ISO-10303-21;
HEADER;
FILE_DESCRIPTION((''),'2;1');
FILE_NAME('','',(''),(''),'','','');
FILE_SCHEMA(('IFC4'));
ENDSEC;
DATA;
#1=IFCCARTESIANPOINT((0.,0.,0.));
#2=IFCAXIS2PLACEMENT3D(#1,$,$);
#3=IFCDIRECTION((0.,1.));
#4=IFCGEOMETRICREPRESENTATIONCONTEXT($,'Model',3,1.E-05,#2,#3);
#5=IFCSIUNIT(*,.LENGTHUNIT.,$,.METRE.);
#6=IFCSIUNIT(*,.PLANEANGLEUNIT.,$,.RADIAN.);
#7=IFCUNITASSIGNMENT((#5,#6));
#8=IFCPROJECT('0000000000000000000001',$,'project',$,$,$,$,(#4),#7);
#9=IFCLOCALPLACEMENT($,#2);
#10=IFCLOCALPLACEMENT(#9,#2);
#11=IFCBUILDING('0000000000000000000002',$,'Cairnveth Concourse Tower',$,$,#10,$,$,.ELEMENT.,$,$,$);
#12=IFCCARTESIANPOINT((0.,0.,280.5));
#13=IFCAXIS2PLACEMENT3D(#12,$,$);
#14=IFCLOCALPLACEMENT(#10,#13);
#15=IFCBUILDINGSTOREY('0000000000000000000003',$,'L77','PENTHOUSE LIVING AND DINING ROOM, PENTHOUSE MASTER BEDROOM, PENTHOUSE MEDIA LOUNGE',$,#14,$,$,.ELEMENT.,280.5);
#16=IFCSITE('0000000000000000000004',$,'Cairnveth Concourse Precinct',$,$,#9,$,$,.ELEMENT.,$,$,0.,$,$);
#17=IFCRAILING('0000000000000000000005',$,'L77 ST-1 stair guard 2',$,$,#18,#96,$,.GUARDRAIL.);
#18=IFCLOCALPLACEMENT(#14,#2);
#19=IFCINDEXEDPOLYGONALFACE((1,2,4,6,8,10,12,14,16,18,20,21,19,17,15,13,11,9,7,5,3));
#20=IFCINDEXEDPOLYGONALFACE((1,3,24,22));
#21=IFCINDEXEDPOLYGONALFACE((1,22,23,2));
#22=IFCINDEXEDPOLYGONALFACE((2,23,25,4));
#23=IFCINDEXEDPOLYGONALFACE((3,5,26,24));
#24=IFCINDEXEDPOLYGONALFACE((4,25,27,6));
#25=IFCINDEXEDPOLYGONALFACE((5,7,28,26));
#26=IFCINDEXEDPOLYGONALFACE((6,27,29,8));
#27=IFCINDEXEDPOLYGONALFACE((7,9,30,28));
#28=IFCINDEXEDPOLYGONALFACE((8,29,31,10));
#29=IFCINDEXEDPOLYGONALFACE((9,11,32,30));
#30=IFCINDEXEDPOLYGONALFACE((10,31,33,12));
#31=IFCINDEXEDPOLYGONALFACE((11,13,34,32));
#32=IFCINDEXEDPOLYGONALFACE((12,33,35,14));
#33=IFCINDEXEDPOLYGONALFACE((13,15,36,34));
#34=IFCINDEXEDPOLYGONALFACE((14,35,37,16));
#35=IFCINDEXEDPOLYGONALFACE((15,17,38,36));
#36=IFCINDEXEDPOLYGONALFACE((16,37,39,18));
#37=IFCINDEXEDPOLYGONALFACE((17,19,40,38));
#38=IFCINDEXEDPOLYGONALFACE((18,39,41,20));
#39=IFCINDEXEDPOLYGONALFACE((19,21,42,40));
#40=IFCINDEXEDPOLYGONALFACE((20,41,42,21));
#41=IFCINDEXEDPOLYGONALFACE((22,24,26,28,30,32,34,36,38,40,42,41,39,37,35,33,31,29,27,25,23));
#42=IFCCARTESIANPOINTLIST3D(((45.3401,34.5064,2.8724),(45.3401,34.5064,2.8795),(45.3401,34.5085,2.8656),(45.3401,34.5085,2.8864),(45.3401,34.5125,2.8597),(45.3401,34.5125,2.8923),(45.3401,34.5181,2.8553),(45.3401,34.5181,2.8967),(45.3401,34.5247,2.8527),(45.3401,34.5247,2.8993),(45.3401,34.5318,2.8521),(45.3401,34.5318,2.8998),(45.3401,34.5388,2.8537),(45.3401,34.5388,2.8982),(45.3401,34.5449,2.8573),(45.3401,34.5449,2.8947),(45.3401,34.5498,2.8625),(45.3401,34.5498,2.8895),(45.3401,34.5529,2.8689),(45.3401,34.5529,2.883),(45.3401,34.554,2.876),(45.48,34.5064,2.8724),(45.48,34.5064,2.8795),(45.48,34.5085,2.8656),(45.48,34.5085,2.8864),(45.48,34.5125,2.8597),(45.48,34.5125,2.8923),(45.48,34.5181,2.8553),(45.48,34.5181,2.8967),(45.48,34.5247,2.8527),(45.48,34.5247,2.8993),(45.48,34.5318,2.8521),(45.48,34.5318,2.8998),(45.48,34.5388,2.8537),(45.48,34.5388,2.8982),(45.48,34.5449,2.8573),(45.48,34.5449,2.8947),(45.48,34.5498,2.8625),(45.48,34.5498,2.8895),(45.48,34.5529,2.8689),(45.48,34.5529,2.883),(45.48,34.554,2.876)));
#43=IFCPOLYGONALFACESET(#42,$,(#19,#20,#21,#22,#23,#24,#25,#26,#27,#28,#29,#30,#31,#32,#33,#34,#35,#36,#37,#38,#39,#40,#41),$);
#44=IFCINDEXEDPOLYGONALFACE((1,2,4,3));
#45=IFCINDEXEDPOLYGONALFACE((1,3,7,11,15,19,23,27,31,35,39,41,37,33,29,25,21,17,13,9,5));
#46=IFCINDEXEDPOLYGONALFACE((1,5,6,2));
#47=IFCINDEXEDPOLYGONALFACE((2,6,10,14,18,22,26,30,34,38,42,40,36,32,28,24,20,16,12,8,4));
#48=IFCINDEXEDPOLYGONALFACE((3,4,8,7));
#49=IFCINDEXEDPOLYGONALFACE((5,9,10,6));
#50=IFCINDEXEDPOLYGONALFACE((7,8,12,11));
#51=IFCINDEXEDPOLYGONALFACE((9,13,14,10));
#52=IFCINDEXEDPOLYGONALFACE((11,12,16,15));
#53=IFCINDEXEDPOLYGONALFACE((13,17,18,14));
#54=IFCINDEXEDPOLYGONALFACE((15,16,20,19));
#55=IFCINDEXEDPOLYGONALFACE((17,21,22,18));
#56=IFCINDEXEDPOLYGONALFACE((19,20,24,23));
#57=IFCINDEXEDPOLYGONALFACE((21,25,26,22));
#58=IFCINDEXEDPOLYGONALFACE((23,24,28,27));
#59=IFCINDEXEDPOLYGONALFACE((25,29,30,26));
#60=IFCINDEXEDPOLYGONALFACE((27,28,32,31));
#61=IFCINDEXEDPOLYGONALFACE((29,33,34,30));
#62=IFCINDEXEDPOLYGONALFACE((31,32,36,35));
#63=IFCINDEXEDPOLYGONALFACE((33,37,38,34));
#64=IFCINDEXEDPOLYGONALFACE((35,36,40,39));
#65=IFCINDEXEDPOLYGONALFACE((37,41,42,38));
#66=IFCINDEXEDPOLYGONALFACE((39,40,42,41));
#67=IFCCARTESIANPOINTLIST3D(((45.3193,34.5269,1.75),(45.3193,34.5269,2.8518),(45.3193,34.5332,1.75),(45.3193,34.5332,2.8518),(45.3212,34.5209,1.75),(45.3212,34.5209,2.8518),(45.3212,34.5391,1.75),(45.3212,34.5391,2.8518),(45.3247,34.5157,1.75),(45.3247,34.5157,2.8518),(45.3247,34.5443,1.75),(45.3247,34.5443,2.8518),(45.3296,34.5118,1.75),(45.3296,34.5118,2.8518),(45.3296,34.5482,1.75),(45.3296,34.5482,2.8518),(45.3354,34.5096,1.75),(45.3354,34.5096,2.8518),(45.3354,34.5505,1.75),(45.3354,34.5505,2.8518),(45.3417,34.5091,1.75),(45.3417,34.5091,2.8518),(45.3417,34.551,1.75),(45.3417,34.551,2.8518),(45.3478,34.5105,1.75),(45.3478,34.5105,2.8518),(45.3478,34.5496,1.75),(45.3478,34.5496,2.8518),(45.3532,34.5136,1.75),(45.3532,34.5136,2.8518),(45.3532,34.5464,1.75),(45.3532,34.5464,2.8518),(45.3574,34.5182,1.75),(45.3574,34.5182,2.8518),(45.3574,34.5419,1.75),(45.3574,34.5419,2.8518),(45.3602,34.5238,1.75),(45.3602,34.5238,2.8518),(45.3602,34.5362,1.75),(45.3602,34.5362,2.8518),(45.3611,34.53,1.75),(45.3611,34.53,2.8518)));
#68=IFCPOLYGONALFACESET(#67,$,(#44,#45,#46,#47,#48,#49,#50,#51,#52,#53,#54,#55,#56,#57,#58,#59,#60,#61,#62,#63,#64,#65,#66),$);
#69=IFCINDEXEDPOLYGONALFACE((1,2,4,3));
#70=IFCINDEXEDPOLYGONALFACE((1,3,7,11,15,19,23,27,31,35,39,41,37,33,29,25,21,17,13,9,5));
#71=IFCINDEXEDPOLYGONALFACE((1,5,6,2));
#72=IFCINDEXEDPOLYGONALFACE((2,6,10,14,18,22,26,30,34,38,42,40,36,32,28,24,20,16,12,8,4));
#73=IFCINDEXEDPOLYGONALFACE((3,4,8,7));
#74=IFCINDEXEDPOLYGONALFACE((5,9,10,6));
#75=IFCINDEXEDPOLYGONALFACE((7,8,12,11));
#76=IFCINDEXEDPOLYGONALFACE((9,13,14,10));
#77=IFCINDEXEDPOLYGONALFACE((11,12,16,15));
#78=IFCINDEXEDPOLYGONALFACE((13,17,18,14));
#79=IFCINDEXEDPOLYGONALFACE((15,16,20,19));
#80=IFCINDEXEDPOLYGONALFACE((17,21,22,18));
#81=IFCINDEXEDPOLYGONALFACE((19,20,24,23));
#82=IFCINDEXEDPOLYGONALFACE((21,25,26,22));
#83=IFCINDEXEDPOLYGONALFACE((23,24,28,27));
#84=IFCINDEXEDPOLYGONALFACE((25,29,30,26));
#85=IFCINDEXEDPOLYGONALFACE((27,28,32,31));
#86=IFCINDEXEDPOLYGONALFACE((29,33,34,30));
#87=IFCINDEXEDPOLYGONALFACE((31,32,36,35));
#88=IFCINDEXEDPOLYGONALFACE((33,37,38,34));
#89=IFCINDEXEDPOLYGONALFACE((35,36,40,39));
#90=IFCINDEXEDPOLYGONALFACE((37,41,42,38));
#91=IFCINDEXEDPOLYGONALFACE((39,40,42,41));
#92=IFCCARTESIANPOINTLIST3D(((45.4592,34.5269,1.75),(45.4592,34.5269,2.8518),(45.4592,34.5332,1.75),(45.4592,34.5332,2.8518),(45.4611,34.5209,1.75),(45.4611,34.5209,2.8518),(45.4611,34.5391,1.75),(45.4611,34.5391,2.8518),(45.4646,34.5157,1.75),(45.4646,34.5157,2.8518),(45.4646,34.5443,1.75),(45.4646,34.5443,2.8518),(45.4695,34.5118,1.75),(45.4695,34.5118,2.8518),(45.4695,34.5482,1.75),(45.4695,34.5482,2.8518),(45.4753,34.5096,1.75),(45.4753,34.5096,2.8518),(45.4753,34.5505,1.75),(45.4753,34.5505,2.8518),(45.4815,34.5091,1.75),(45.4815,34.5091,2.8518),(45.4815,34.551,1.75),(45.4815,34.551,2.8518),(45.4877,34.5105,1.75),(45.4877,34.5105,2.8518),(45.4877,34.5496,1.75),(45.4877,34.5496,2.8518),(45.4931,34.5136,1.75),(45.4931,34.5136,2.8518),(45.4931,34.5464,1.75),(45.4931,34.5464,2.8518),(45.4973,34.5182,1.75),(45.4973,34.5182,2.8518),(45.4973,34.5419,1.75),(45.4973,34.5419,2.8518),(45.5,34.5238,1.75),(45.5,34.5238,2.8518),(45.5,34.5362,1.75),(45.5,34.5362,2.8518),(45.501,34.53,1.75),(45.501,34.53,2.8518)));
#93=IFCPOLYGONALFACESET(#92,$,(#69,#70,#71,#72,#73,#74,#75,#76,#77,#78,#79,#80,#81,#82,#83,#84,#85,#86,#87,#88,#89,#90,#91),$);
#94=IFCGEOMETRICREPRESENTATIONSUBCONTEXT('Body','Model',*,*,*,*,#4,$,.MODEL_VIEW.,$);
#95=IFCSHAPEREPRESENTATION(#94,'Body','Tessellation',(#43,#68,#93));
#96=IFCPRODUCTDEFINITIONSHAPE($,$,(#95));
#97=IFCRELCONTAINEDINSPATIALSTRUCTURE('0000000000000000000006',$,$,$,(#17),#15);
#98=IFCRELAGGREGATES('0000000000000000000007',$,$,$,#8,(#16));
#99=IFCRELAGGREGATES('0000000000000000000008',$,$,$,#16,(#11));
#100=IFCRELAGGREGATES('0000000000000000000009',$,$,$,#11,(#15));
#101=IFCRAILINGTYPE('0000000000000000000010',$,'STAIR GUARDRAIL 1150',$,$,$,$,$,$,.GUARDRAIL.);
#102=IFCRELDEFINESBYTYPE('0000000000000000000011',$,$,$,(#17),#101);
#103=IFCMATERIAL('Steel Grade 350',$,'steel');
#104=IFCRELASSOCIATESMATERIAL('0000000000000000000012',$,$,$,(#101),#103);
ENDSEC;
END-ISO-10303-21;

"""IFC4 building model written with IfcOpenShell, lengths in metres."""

from ifc_helpers import new_model, si_unit, direction, frame, origin, origin_2d, place, context, subcontext, project, spatial, circle, extrude, material, type_object, element, save


model = new_model("IFC4")

# Units and contexts
model_context = context("Model", 3, precision=1e-05, world=origin(), true_north=direction((0.0, 1.0)))
body_context = subcontext(model_context, "Body", "Model", "MODEL_VIEW")
ifc_project = project(units=[si_unit("LENGTHUNIT", "METRE"), si_unit("PLANEANGLEUNIT", "RADIAN")], contexts=[model_context])

# Site, building, storey
site_placement = place(None, origin())
site = spatial("IfcSite", under=ifc_project, at=site_placement, Name="Cairnveth Concourse Precinct", CompositionType="ELEMENT", RefElevation=0.0)
building_placement = place(site_placement, origin())
building = spatial("IfcBuilding", under=site, at=building_placement, Name="Cairnveth Concourse Tower", CompositionType="ELEMENT")
storey_placement = place(building_placement, frame((0.0, 0.0, 280.5)))
storey = spatial("IfcBuildingStorey", under=building, at=storey_placement, Name="L77", Description="PENTHOUSE LIVING AND DINING ROOM, PENTHOUSE MASTER BEDROOM, PENTHOUSE MEDIA LOUNGE", CompositionType="ELEMENT", Elevation=280.5)

# Shared definitions
ifc_material_1 = material(Name="Steel Grade 350", Category="steel")

# Railing
railing_type_1 = type_object("IfcRailingType", Name="STAIR GUARDRAIL 1150", PredefinedType="GUARDRAIL", material=ifc_material_1)
railing_1_placement = place(storey_placement, frame((45.3401, 34.53, 1.75)))
element("IfcRailing", 1, at=railing_1_placement, inside=storey, type_object=railing_type_1, Name="L77 ST-1 stair guard 2", PredefinedType="GUARDRAIL", context=body_context, shape_type="SweptSolid", body=[
    extrude(circle(Radius=0.0239, at=origin_2d()), frame((0.0, 0.0, 1.126), z_axis=(1.0, 0.0, 0.0), x_axis=(0.0, 1.0, 0.0)), (0.0, 0.0, 1.0), 0.1399),
    extrude(circle(Radius=0.021, at=origin_2d()), origin(), (0.0, 0.0, 1.0), 1.1018),
    extrude(circle(Radius=0.021, at=origin_2d()), frame((0.1399, 0.0, 0.0)), (0.0, 0.0, 1.0), 1.1018),
])

save(model, "model.ifc")
